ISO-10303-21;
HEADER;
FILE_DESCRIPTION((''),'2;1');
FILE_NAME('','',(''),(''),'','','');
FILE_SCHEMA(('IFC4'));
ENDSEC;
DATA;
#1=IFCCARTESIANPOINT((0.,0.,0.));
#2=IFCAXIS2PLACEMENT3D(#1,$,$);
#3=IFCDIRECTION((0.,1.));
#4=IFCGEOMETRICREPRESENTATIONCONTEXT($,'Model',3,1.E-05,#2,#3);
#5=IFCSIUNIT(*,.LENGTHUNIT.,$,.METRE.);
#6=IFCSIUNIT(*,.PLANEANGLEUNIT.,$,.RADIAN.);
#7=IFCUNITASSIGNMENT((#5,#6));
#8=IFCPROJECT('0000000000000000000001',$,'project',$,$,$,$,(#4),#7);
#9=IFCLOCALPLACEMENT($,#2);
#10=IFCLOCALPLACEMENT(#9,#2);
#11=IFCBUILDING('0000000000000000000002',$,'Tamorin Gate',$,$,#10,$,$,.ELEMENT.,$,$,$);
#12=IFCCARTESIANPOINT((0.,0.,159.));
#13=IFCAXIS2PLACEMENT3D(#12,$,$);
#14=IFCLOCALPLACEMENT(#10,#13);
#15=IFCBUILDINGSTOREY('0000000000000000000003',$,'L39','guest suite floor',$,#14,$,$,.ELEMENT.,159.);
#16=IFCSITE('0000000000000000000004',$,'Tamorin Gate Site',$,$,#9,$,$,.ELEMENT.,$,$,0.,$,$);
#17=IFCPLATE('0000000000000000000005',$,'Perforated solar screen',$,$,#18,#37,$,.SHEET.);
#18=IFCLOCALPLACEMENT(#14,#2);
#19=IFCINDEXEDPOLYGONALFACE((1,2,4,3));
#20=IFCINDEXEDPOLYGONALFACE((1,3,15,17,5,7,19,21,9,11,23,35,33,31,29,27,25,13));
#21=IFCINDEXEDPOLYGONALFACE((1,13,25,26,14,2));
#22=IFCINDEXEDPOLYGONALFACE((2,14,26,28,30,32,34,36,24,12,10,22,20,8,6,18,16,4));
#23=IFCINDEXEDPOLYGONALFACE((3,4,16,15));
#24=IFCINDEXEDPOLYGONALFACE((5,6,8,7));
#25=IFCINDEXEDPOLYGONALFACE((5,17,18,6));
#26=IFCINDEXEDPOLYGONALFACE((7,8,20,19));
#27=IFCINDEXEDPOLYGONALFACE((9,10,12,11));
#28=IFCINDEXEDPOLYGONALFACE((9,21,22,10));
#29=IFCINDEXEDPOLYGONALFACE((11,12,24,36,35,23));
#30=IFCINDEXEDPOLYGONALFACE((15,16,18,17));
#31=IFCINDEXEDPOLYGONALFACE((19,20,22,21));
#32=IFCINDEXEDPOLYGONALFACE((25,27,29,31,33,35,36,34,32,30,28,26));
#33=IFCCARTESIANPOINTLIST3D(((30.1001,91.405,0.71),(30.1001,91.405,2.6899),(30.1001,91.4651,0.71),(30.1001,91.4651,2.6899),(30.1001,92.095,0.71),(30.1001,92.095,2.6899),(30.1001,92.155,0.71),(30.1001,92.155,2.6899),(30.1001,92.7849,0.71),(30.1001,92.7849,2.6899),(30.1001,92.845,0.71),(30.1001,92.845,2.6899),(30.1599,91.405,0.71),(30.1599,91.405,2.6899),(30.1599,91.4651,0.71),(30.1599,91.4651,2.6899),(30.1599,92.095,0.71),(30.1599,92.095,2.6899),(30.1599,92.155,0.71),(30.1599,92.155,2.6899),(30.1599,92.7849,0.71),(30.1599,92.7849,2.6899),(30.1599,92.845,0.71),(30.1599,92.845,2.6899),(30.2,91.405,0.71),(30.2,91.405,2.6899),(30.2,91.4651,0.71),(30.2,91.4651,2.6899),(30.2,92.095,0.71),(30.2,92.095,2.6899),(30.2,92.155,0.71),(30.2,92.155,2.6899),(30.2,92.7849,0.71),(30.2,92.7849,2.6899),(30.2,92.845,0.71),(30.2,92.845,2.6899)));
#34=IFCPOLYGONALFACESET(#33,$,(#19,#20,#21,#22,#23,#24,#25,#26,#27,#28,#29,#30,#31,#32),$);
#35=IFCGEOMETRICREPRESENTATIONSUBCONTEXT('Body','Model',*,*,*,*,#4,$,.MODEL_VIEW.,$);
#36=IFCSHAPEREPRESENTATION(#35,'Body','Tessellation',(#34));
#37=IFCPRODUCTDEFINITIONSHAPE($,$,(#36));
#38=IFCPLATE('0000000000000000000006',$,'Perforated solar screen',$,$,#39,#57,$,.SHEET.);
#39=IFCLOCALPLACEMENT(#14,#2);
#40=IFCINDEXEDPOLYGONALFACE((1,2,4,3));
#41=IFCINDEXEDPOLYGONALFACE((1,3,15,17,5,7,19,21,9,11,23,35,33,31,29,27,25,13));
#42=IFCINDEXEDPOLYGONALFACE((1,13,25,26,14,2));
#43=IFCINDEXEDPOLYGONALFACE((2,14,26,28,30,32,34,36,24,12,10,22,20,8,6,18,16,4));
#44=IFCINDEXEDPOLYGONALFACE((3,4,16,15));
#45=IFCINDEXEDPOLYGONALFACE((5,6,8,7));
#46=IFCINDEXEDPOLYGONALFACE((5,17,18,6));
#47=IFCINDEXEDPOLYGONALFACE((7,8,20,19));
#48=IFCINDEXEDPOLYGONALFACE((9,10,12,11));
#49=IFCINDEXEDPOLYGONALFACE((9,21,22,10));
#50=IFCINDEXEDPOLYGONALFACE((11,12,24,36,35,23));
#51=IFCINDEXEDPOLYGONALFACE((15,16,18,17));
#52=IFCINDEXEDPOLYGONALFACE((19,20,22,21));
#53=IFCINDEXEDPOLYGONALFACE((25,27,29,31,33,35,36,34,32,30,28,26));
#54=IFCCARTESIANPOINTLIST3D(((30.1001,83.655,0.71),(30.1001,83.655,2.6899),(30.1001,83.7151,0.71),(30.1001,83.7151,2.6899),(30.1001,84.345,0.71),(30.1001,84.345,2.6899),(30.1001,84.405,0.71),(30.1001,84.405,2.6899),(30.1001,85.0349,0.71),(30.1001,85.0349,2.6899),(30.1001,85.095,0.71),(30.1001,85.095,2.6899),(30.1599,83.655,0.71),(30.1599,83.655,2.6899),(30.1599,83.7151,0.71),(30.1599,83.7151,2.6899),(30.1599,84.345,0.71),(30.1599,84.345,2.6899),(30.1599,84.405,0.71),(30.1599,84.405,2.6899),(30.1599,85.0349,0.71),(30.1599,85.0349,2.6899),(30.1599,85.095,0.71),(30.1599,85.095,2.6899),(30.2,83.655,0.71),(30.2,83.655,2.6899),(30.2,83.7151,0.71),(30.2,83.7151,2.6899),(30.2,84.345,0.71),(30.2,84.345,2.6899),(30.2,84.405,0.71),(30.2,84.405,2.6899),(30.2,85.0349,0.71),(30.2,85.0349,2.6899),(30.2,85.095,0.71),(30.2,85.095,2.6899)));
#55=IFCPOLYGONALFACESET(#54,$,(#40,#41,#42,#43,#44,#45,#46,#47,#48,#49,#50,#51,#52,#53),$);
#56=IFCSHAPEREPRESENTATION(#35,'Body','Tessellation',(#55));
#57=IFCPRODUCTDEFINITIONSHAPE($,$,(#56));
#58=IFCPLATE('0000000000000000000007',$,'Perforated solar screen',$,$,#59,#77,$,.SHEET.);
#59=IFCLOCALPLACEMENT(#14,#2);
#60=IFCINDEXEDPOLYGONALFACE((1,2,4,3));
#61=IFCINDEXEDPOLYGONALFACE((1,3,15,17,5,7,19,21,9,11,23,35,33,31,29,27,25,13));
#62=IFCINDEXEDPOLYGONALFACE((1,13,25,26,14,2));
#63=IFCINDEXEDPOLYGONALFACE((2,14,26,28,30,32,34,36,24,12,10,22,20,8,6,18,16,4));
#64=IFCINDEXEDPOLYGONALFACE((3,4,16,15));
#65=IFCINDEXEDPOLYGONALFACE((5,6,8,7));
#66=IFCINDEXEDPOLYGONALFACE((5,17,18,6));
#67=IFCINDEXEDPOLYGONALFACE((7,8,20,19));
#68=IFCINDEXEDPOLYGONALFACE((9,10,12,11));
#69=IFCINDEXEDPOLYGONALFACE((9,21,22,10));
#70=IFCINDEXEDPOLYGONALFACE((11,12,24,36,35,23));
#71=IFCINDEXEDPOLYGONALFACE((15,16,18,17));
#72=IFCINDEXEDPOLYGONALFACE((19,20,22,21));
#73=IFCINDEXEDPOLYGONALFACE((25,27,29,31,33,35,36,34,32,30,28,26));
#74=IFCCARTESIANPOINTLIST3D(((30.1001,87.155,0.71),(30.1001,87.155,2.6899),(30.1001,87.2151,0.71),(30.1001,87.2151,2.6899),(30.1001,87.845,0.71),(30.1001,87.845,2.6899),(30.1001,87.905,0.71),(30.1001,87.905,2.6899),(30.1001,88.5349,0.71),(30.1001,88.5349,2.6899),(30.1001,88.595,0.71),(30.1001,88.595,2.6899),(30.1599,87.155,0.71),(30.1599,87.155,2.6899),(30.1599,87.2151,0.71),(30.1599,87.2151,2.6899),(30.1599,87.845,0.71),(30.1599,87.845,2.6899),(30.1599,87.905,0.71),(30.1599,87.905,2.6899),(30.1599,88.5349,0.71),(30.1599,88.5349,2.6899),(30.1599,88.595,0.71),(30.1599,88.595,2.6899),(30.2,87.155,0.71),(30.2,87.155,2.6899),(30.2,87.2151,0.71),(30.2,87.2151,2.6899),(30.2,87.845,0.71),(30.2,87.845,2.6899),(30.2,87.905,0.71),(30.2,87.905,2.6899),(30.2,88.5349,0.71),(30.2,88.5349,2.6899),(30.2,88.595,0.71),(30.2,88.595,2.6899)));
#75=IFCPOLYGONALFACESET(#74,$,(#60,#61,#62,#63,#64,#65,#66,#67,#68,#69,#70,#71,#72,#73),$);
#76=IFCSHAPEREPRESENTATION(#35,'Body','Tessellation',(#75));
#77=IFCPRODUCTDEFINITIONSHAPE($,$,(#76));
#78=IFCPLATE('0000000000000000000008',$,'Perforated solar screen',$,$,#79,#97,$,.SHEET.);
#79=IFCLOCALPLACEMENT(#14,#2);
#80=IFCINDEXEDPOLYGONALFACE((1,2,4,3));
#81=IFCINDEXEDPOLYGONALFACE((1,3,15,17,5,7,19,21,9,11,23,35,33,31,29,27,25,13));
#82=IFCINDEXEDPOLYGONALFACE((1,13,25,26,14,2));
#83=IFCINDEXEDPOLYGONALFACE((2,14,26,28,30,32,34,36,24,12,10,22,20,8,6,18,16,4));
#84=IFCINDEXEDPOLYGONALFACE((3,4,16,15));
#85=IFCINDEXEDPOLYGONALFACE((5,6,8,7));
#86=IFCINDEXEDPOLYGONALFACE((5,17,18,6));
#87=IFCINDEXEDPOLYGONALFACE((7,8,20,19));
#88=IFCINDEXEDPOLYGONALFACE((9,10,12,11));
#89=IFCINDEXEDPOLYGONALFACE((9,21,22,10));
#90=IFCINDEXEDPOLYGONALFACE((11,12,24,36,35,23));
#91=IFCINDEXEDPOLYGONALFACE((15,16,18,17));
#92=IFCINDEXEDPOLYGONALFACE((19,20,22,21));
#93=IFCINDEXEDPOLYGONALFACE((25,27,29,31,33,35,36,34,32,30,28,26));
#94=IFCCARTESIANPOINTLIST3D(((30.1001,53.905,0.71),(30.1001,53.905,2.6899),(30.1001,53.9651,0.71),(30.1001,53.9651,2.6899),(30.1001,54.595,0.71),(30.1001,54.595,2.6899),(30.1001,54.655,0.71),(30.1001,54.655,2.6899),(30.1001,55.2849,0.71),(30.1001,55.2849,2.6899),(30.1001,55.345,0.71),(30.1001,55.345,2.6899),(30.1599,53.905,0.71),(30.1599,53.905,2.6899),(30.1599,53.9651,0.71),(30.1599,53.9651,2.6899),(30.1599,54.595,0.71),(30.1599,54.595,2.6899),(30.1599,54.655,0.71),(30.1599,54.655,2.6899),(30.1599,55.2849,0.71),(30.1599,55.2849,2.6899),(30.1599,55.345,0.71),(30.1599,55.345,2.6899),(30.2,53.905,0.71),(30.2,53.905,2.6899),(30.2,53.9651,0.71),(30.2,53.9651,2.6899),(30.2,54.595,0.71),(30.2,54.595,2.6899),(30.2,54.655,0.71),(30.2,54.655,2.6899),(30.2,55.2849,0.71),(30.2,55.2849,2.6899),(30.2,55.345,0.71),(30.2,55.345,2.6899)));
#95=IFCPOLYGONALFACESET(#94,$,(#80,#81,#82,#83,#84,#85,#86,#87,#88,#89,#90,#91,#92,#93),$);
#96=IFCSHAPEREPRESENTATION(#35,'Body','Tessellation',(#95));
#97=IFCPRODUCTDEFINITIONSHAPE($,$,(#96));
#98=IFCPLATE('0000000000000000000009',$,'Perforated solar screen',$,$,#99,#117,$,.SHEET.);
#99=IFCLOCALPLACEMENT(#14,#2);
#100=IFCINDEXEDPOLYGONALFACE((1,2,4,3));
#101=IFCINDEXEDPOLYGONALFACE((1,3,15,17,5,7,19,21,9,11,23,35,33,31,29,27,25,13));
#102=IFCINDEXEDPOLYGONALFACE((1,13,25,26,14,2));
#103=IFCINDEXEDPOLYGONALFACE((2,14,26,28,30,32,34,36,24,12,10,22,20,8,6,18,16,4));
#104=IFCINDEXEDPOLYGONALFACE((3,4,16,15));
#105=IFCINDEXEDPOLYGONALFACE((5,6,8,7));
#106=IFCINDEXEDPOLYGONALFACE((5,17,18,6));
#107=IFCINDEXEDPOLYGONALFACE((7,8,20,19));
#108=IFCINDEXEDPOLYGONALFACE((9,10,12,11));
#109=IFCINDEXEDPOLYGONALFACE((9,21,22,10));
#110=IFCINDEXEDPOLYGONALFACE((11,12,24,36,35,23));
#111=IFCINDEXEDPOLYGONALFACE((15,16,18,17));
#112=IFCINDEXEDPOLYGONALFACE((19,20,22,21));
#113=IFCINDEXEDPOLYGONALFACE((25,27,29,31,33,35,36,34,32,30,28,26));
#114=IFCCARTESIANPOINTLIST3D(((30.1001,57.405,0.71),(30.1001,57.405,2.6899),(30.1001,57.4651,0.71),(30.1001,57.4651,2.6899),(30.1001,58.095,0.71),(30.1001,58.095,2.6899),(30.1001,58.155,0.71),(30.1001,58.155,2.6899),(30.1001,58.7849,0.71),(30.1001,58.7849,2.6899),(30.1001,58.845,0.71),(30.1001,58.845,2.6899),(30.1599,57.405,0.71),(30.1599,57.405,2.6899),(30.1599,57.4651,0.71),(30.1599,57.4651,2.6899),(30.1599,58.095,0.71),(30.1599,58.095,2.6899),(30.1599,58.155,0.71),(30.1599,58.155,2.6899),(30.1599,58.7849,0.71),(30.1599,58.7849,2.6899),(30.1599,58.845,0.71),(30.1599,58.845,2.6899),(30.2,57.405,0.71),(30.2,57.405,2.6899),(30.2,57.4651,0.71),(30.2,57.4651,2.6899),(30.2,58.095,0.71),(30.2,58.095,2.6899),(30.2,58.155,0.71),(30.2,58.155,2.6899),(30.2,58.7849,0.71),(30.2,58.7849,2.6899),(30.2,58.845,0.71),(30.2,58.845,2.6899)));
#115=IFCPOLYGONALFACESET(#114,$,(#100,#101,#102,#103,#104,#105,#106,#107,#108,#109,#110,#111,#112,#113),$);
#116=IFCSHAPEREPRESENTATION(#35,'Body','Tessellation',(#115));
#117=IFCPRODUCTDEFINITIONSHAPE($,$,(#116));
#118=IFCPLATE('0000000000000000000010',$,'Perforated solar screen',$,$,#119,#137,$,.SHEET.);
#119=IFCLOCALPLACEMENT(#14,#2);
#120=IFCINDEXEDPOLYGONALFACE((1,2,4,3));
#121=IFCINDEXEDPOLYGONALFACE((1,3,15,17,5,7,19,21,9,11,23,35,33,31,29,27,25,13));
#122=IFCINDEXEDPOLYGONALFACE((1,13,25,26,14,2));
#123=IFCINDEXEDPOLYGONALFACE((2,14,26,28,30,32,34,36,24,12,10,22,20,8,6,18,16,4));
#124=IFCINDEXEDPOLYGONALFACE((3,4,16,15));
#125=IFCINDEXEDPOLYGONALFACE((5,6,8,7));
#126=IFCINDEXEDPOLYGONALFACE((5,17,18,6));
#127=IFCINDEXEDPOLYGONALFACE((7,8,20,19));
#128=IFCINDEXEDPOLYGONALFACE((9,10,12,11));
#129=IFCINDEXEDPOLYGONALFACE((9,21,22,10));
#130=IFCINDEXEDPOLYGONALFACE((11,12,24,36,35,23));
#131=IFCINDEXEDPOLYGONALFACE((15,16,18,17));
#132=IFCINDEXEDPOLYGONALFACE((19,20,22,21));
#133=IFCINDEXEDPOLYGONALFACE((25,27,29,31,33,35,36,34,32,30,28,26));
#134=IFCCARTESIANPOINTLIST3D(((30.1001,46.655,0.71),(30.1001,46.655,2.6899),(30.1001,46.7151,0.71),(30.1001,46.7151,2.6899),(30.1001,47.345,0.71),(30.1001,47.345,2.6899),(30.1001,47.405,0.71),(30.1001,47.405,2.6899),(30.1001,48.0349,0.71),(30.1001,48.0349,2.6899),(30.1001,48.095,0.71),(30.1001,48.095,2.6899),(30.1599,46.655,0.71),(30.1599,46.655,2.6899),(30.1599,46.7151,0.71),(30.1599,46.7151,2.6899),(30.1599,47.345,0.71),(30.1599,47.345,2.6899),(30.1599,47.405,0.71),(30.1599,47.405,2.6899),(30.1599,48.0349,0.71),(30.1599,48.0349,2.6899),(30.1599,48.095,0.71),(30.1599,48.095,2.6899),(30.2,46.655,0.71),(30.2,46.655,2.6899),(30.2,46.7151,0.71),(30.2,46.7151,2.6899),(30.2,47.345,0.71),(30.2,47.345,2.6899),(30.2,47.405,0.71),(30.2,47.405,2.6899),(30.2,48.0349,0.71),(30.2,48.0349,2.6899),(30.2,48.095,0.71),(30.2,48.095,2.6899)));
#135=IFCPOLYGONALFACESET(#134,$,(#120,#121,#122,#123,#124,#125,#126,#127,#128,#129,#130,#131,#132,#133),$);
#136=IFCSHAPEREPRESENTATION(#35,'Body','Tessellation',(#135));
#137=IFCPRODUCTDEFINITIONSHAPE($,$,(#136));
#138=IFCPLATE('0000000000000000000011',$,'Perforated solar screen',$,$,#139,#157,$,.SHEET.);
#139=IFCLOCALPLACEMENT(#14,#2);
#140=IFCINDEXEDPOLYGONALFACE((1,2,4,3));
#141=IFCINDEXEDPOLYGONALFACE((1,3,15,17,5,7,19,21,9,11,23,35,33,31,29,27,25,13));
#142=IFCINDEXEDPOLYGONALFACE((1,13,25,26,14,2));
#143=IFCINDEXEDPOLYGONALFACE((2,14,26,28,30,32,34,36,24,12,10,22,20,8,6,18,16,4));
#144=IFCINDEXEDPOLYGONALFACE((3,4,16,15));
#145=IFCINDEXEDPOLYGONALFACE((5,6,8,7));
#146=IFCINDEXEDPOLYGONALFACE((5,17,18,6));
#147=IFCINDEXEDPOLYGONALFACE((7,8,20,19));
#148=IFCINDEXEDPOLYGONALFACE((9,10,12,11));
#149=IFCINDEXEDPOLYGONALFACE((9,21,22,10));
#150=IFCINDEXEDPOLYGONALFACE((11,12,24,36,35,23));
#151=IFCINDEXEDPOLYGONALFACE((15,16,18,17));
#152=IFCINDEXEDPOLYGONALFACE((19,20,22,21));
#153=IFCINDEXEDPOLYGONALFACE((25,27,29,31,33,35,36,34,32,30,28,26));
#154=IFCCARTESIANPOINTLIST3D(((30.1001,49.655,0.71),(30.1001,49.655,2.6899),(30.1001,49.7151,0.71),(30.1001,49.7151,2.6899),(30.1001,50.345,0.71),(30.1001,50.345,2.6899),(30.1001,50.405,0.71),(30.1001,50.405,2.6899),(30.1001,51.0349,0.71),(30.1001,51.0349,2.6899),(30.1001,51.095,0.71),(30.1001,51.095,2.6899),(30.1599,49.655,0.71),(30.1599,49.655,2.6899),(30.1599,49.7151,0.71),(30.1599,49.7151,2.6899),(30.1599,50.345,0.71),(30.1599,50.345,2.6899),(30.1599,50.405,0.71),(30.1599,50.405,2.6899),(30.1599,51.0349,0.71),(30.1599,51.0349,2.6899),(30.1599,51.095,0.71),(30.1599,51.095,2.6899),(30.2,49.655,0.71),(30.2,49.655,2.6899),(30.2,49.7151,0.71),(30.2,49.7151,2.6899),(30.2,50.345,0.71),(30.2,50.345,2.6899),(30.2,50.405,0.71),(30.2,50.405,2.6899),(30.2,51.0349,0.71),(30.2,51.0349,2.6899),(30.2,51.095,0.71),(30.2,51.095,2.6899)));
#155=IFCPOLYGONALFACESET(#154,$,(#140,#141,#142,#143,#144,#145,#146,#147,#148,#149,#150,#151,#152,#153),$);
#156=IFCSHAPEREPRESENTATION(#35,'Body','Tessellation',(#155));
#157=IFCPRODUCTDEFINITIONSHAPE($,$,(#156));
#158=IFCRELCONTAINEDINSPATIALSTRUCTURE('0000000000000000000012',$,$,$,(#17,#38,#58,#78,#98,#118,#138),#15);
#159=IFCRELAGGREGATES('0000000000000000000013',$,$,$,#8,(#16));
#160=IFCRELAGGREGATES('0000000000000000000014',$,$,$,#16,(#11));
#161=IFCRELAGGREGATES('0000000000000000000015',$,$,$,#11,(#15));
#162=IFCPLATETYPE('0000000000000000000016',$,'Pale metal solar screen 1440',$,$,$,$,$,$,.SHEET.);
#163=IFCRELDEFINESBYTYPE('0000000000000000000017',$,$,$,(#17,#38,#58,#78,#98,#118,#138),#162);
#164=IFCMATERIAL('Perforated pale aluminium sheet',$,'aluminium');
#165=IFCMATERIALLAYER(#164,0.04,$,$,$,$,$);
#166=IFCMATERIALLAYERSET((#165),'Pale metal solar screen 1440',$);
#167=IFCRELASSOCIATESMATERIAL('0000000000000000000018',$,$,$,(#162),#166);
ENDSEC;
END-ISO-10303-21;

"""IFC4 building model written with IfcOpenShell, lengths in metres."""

from ifc_helpers import new_model, si_unit, direction, frame, origin, place, context, subcontext, project, spatial, polyline, outline, extrude, material, layer, layer_set, type_object, element, save


model = new_model("IFC4")

# Units and contexts
model_context = context("Model", 3, precision=1e-05, world=origin(), true_north=direction((0.0, 1.0)))
body_context = subcontext(model_context, "Body", "Model", "MODEL_VIEW")
ifc_project = project(units=[si_unit("LENGTHUNIT", "METRE"), si_unit("PLANEANGLEUNIT", "RADIAN")], contexts=[model_context])

# Site, building, storey
site_placement = place(None, origin())
site = spatial("IfcSite", under=ifc_project, at=site_placement, Name="Tamorin Gate Site", CompositionType="ELEMENT", RefElevation=0.0)
building_placement = place(site_placement, origin())
building = spatial("IfcBuilding", under=site, at=building_placement, Name="Tamorin Gate", CompositionType="ELEMENT")
storey_placement = place(building_placement, frame((0.0, 0.0, 159.0)))
storey = spatial("IfcBuildingStorey", under=building, at=storey_placement, Name="L39", Description="guest suite floor", CompositionType="ELEMENT", Elevation=159.0)

# Plates
ifc_material_1 = material(Name="Perforated pale aluminium sheet", Category="aluminium")
ifc_layer_1 = layer(ifc_material_1, 0.04)
ifc_layer_set_1 = layer_set([ifc_layer_1], Name="Pale metal solar screen 1440")
plate_type_1 = type_object("IfcPlateType", Name="Pale metal solar screen 1440", PredefinedType="SHEET", material=ifc_layer_set_1)
plate_1_placement = place(storey_placement, frame((0.0, 0.0, 0.71)))
element("IfcPlate", 1, at=plate_1_placement, inside=storey, type_object=plate_type_1, Name="Perforated solar screen", PredefinedType="SHEET", context=body_context, shape_type="SweptSolid", body=[
    extrude(outline(polyline([(30.1599, 92.845), (30.2, 92.845), (30.2, 92.7849), (30.2, 92.155), (30.2, 92.095), (30.2, 91.4651), (30.2, 91.405), (30.2, 91.405), (30.1599, 91.405), (30.1599, 91.405), (30.1001, 91.405), (30.1001, 91.4651), (30.1599, 91.4651), (30.1599, 92.095), (30.1001, 92.095), (30.1001, 92.155), (30.1599, 92.155), (30.1599, 92.7849), (30.1001, 92.7849), (30.1001, 92.845), (30.1599, 92.845)])), origin(), (0.0, 0.0, 1.0), 1.98),
])
plate_2_placement = place(storey_placement, frame((0.0, 0.0, 0.71)))
element("IfcPlate", 2, at=plate_2_placement, inside=storey, type_object=plate_type_1, Name="Perforated solar screen", PredefinedType="SHEET", context=body_context, shape_type="SweptSolid", body=[
    extrude(outline(polyline([(30.1599, 85.095), (30.2, 85.095), (30.2, 85.0349), (30.2, 84.405), (30.2, 84.345), (30.2, 83.7151), (30.2, 83.655), (30.1599, 83.655), (30.1001, 83.655), (30.1001, 83.7151), (30.1599, 83.7151), (30.1599, 84.345), (30.1001, 84.345), (30.1001, 84.405), (30.1599, 84.405), (30.1599, 85.0349), (30.1001, 85.0349), (30.1001, 85.095), (30.1599, 85.095)])), origin(), (0.0, 0.0, 1.0), 1.98),
])
plate_3_placement = place(storey_placement, frame((0.0, 0.0, 0.71)))
element("IfcPlate", 3, at=plate_3_placement, inside=storey, type_object=plate_type_1, Name="Perforated solar screen", PredefinedType="SHEET", context=body_context, shape_type="SweptSolid", body=[
    extrude(outline(polyline([(30.1599, 88.595), (30.2, 88.595), (30.2, 88.5349), (30.2, 87.905), (30.2, 87.845), (30.2, 87.2151), (30.2, 87.155), (30.1599, 87.155), (30.1001, 87.155), (30.1001, 87.2151), (30.1599, 87.2151), (30.1599, 87.845), (30.1001, 87.845), (30.1001, 87.905), (30.1599, 87.905), (30.1599, 88.5349), (30.1001, 88.5349), (30.1001, 88.595), (30.1599, 88.595)])), origin(), (0.0, 0.0, 1.0), 1.98),
])
plate_4_placement = place(storey_placement, frame((0.0, 0.0, 0.71)))
element("IfcPlate", 4, at=plate_4_placement, inside=storey, type_object=plate_type_1, Name="Perforated solar screen", PredefinedType="SHEET", context=body_context, shape_type="SweptSolid", body=[
    extrude(outline(polyline([(30.1599, 55.345), (30.2, 55.345), (30.2, 55.2849), (30.2, 54.655), (30.2, 54.595), (30.2, 53.9651), (30.2, 53.905), (30.1599, 53.905), (30.1001, 53.905), (30.1001, 53.9651), (30.1599, 53.9651), (30.1599, 54.595), (30.1001, 54.595), (30.1001, 54.655), (30.1599, 54.655), (30.1599, 55.2849), (30.1001, 55.2849), (30.1001, 55.345), (30.1599, 55.345)])), origin(), (0.0, 0.0, 1.0), 1.98),
])
plate_5_placement = place(storey_placement, frame((0.0, 0.0, 0.71)))
element("IfcPlate", 5, at=plate_5_placement, inside=storey, type_object=plate_type_1, Name="Perforated solar screen", PredefinedType="SHEET", context=body_context, shape_type="SweptSolid", body=[
    extrude(outline(polyline([(30.1599, 58.845), (30.2, 58.845), (30.2, 58.7849), (30.2, 58.155), (30.2, 58.095), (30.2, 57.4651), (30.2, 57.405), (30.1599, 57.405), (30.1001, 57.405), (30.1001, 57.4651), (30.1599, 57.4651), (30.1599, 58.095), (30.1001, 58.095), (30.1001, 58.155), (30.1599, 58.155), (30.1599, 58.7849), (30.1001, 58.7849), (30.1001, 58.845), (30.1599, 58.845)])), origin(), (0.0, 0.0, 1.0), 1.98),
])
plate_6_placement = place(storey_placement, frame((0.0, 0.0, 0.71)))
element("IfcPlate", 6, at=plate_6_placement, inside=storey, type_object=plate_type_1, Name="Perforated solar screen", PredefinedType="SHEET", context=body_context, shape_type="SweptSolid", body=[
    extrude(outline(polyline([(30.1599, 48.095), (30.2, 48.095), (30.2, 48.0349), (30.2, 47.405), (30.2, 47.345), (30.2, 46.7151), (30.2, 46.655), (30.1599, 46.655), (30.1001, 46.655), (30.1001, 46.7151), (30.1599, 46.7151), (30.1599, 47.345), (30.1001, 47.345), (30.1001, 47.405), (30.1599, 47.405), (30.1599, 48.0349), (30.1001, 48.0349), (30.1001, 48.095), (30.1599, 48.095)])), origin(), (0.0, 0.0, 1.0), 1.98),
])
plate_7_placement = place(storey_placement, frame((0.0, 0.0, 0.71)))
element("IfcPlate", 7, at=plate_7_placement, inside=storey, type_object=plate_type_1, Name="Perforated solar screen", PredefinedType="SHEET", context=body_context, shape_type="SweptSolid", body=[
    extrude(outline(polyline([(30.1599, 51.095), (30.2, 51.095), (30.2, 51.0349), (30.2, 50.405), (30.2, 50.345), (30.2, 49.7151), (30.2, 49.655), (30.1599, 49.655), (30.1001, 49.655), (30.1001, 49.7151), (30.1599, 49.7151), (30.1599, 50.345), (30.1001, 50.345), (30.1001, 50.405), (30.1599, 50.405), (30.1599, 51.0349), (30.1001, 51.0349), (30.1001, 51.095), (30.1599, 51.095)])), origin(), (0.0, 0.0, 1.0), 1.98),
])

save(model, "model.ifc")
